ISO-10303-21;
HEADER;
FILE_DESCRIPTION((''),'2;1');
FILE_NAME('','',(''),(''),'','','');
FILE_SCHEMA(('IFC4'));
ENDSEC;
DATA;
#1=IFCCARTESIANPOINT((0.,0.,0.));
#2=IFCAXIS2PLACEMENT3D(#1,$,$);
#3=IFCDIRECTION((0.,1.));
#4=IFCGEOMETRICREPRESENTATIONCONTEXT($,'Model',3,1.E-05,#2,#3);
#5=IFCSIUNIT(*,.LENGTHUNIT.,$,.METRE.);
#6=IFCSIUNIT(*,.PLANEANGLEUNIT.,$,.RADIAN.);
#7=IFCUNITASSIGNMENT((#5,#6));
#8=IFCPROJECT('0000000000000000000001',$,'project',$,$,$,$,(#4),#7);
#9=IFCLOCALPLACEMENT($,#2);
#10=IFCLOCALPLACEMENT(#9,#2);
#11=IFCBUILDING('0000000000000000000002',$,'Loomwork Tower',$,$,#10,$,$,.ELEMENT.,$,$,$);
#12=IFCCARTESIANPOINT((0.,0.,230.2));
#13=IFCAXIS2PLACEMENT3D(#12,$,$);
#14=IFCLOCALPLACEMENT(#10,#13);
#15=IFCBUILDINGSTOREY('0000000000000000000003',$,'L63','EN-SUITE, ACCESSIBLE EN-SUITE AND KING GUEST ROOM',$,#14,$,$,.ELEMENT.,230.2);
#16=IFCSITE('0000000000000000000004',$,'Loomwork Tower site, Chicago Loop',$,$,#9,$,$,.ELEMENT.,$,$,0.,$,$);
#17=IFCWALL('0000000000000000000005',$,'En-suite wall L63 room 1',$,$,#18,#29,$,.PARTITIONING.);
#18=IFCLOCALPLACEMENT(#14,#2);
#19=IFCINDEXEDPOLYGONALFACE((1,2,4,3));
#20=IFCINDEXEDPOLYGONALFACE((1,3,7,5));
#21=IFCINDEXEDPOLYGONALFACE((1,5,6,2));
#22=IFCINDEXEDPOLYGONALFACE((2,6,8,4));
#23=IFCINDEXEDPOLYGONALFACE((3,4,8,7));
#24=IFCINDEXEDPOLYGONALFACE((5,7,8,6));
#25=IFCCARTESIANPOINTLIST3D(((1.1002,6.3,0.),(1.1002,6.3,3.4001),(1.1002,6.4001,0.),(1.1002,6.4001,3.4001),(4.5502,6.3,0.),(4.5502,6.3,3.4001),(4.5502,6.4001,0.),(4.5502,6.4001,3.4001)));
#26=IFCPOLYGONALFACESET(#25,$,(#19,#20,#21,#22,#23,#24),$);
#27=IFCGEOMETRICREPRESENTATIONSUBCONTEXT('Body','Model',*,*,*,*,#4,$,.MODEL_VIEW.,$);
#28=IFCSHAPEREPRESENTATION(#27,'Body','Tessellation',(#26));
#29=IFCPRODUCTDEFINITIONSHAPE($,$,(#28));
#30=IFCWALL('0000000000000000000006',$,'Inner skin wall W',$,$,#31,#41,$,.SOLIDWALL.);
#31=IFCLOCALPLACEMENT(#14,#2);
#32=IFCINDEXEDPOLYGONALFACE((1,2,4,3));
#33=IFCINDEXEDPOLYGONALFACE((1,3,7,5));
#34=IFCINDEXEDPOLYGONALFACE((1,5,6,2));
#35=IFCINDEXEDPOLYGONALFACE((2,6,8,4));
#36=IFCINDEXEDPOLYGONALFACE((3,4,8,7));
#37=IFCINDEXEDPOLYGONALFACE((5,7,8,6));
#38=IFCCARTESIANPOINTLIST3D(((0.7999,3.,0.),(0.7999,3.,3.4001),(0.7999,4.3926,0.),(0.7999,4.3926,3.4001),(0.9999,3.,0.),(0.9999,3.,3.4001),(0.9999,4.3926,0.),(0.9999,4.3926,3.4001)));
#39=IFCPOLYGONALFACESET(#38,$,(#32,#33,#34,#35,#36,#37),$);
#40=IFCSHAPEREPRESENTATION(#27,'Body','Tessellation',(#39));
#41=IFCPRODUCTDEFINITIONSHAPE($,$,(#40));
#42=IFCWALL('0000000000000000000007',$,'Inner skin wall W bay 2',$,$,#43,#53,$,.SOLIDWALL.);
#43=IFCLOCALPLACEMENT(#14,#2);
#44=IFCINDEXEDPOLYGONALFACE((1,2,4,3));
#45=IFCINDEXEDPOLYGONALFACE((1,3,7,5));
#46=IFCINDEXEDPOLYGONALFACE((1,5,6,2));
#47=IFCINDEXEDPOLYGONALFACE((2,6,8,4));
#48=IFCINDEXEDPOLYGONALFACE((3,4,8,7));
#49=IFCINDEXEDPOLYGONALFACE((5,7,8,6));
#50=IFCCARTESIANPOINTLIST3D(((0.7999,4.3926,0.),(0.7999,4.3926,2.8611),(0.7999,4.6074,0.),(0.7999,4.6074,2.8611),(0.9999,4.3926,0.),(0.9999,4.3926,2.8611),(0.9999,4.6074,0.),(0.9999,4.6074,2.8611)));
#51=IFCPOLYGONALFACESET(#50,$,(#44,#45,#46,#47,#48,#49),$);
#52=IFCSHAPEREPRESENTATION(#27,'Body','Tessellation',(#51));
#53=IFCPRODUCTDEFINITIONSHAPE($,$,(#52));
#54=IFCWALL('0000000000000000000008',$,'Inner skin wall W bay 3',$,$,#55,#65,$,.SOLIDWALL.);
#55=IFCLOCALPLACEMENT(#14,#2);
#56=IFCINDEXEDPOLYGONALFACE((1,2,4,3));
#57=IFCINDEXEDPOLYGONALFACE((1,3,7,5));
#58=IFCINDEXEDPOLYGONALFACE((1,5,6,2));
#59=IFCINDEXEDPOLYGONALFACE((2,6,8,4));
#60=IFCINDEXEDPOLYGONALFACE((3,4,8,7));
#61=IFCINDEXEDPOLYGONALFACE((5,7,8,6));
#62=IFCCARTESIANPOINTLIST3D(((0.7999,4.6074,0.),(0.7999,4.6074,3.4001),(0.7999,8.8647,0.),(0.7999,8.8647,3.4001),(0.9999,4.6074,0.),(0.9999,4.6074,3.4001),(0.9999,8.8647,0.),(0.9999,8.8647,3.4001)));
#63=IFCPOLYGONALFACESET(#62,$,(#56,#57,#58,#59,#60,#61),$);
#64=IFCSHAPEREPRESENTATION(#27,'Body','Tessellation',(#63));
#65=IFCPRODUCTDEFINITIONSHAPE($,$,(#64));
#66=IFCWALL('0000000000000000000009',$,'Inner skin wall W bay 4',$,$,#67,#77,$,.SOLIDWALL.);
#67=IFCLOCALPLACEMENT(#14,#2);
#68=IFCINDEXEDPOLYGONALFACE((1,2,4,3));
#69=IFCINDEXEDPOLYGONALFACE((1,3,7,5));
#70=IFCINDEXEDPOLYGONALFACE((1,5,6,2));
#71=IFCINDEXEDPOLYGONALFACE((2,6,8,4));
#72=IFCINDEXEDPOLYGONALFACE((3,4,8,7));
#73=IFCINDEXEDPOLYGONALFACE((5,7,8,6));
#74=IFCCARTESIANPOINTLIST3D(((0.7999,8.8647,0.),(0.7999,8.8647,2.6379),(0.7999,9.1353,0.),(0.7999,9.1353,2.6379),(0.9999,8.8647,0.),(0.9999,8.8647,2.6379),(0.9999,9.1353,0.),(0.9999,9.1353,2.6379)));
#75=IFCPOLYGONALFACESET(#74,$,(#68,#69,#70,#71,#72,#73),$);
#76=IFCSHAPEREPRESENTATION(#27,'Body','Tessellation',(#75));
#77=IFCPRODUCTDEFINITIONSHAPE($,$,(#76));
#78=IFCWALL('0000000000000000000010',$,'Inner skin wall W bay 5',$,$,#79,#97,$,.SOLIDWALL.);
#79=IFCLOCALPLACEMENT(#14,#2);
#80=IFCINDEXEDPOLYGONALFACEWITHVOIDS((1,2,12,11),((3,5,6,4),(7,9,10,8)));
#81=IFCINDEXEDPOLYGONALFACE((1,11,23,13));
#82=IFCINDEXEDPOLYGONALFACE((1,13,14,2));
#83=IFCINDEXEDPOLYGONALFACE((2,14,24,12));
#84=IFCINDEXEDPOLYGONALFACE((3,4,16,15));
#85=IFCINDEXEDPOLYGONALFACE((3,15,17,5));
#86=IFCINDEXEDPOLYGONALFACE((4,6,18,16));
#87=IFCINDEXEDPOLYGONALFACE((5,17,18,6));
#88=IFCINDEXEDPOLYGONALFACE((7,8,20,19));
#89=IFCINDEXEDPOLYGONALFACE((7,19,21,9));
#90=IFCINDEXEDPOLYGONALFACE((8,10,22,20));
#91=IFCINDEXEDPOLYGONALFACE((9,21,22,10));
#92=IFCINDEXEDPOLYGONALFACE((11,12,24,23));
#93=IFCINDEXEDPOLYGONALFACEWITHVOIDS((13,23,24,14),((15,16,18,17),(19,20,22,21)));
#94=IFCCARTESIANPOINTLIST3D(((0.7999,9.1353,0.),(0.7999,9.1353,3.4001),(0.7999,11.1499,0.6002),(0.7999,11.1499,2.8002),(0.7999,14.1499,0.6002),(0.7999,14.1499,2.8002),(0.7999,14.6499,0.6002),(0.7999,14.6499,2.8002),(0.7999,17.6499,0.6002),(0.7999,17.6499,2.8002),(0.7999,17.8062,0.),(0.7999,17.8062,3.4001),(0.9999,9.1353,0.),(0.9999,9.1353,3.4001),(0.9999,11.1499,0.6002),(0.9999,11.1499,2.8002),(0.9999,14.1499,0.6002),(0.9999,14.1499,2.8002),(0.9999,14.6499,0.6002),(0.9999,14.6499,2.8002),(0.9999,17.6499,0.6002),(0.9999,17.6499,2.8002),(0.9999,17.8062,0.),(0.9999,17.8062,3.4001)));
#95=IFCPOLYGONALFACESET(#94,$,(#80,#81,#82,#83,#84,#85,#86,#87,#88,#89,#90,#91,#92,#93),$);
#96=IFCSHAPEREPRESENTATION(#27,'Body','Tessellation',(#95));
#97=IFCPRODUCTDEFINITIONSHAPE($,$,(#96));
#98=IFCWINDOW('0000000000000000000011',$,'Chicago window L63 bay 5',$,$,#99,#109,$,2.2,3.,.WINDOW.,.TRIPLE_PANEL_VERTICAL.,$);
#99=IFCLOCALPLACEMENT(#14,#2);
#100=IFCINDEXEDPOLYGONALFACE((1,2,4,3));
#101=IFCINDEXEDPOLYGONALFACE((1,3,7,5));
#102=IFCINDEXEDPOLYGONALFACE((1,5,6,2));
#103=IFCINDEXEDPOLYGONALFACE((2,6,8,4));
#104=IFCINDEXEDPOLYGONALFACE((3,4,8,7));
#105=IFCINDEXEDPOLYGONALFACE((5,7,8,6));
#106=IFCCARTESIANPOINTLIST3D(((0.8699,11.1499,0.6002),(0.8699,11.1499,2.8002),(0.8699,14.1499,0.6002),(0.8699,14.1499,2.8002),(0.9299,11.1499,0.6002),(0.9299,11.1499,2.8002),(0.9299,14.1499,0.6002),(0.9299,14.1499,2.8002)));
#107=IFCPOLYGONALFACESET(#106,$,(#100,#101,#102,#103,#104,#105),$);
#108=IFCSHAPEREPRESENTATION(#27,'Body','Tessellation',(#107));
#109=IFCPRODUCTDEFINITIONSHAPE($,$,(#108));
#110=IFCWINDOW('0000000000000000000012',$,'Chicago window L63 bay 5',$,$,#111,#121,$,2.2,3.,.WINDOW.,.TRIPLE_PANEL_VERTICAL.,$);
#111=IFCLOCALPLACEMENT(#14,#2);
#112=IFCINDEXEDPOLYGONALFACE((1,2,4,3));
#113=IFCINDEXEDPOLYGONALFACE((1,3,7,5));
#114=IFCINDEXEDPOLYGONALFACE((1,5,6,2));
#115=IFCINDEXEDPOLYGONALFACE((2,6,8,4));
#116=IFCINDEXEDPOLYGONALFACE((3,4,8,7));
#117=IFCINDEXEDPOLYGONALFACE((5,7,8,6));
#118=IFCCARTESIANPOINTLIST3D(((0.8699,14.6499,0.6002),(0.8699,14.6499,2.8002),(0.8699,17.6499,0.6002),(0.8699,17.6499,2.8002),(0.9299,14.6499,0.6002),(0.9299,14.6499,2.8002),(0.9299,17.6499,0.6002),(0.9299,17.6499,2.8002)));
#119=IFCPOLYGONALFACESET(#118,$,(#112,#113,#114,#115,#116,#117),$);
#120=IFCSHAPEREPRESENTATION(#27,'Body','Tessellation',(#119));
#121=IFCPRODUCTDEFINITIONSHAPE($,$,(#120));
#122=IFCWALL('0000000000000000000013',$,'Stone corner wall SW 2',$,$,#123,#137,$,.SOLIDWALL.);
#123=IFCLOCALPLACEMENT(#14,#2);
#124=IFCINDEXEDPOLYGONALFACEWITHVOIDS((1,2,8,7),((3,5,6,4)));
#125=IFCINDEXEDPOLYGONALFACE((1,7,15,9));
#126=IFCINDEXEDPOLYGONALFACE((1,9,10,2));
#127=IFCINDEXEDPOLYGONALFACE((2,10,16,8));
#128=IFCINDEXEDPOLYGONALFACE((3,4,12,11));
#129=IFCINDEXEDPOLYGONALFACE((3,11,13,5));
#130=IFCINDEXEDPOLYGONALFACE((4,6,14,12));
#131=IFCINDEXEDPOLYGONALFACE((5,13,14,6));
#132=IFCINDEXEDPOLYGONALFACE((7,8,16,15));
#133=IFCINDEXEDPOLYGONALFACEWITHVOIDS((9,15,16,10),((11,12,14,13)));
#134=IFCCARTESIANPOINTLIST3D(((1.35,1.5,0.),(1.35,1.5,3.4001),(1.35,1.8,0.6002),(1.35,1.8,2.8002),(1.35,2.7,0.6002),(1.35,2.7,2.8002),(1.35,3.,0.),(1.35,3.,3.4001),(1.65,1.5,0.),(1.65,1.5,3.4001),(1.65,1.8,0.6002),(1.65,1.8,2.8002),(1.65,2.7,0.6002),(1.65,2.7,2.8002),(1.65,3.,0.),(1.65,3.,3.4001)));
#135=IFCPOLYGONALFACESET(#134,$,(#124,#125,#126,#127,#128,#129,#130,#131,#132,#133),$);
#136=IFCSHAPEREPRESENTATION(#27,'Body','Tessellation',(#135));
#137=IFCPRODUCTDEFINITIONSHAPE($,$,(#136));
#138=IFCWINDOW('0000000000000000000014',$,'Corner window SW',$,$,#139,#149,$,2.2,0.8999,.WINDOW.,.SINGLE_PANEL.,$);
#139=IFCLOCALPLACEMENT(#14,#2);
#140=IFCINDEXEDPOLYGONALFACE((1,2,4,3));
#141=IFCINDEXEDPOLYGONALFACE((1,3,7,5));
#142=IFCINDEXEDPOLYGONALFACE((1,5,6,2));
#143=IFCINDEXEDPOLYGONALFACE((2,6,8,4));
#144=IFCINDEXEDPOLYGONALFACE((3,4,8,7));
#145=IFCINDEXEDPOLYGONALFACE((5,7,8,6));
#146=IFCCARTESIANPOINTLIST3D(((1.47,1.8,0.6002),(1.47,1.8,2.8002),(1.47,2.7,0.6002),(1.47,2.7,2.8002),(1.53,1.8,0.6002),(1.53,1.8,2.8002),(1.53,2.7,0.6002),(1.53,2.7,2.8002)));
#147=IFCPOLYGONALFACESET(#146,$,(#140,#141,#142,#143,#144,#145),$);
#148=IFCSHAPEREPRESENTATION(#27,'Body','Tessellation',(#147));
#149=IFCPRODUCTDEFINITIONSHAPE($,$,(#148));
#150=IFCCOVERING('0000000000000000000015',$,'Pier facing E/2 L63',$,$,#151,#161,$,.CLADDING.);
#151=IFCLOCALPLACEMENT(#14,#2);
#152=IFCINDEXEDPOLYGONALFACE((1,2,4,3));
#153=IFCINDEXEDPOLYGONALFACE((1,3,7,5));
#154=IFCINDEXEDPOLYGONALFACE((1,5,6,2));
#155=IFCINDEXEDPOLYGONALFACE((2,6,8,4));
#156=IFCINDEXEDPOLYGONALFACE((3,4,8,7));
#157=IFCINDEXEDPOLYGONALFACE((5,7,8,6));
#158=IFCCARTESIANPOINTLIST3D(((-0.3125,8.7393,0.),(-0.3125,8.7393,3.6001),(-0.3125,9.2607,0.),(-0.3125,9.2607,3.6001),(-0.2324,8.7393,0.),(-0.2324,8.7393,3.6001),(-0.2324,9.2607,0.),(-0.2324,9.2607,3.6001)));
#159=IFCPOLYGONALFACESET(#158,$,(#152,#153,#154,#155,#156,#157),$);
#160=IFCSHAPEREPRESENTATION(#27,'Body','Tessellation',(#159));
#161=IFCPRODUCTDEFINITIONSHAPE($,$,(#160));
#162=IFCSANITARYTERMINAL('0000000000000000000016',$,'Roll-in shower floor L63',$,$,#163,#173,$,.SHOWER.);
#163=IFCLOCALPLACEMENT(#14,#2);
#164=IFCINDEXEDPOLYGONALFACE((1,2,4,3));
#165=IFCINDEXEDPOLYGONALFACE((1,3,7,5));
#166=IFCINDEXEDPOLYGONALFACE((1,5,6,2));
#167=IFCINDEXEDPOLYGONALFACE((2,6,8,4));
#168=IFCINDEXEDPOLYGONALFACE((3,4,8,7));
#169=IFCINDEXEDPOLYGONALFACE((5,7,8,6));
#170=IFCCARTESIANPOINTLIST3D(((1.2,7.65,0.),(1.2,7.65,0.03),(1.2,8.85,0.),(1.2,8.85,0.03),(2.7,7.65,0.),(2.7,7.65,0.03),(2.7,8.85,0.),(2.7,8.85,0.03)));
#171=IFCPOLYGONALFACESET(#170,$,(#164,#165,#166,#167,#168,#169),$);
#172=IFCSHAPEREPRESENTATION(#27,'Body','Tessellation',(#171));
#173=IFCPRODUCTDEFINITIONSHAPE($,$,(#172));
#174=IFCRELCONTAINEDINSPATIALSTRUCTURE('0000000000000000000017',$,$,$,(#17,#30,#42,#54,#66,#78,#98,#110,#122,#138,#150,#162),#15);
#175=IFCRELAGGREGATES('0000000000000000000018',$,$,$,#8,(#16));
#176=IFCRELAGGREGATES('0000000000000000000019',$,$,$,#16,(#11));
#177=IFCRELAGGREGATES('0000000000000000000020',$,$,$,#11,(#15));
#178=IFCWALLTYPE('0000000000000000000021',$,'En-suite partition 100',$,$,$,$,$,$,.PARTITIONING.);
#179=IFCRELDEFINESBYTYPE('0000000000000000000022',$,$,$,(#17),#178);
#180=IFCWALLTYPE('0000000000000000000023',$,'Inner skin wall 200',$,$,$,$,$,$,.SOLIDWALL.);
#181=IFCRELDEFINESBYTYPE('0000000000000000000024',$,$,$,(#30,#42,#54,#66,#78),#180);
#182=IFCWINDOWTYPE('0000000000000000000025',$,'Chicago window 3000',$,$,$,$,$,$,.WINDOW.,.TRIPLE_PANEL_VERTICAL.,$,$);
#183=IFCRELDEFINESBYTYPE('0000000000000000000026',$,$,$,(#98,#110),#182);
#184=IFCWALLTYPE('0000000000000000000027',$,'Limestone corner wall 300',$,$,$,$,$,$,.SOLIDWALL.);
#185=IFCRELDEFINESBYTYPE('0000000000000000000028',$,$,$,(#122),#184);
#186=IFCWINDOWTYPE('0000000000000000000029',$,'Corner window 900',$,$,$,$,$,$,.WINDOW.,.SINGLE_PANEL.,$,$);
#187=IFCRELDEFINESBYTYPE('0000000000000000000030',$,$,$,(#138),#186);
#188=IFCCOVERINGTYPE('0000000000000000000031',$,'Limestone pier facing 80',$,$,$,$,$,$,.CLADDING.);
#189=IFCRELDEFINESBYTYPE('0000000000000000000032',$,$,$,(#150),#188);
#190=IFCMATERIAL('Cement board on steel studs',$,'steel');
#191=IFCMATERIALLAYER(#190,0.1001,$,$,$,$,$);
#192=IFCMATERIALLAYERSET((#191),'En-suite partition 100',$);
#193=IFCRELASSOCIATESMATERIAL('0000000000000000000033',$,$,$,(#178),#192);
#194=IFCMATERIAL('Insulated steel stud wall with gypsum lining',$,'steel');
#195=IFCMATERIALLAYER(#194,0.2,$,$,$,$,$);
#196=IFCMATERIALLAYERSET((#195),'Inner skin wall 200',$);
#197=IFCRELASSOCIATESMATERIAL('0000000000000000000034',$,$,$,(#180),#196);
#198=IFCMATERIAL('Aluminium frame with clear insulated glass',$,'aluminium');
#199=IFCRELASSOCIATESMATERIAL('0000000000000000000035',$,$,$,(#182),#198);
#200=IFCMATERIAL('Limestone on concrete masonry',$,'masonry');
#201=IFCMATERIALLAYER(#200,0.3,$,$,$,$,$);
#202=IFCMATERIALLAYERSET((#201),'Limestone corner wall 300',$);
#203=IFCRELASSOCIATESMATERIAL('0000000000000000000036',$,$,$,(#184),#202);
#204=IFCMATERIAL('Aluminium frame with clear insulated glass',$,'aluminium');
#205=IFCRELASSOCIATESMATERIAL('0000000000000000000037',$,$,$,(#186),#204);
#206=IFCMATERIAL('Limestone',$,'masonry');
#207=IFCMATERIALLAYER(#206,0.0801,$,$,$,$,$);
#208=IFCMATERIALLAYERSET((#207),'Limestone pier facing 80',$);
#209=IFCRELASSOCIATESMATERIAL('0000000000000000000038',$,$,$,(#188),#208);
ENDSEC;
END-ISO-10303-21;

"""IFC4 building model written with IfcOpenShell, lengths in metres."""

from ifc_helpers import new_model, si_unit, direction, frame, frame_2d, origin, origin_2d, place, context, subcontext, project, spatial, rectangle, extrude, material, layer, layer_set, type_object, element, fill, save


model = new_model("IFC4")

# Units and contexts
model_context = context("Model", 3, precision=1e-05, world=origin(), true_north=direction((0.0, 1.0)))
body_context = subcontext(model_context, "Body", "Model", "MODEL_VIEW")
ifc_project = project(units=[si_unit("LENGTHUNIT", "METRE"), si_unit("PLANEANGLEUNIT", "RADIAN")], contexts=[model_context])

# Site, building, storey
site_placement = place(None, origin())
site = spatial("IfcSite", under=ifc_project, at=site_placement, Name="Loomwork Tower site, Chicago Loop", CompositionType="ELEMENT", RefElevation=0.0)
building_placement = place(site_placement, origin())
building = spatial("IfcBuilding", under=site, at=building_placement, Name="Loomwork Tower", CompositionType="ELEMENT")
storey_placement = place(building_placement, frame((0.0, 0.0, 230.2)))
storey = spatial("IfcBuildingStorey", under=building, at=storey_placement, Name="L63", Description="EN-SUITE, ACCESSIBLE EN-SUITE AND KING GUEST ROOM", CompositionType="ELEMENT", Elevation=230.2)

# Walls
ifc_material_1 = material(Name="Cement board on steel studs", Category="steel")
ifc_layer_1 = layer(ifc_material_1, 0.1001)
ifc_layer_set_1 = layer_set([ifc_layer_1], Name="En-suite partition 100")
wall_type_1 = type_object("IfcWallType", Name="En-suite partition 100", PredefinedType="PARTITIONING", material=ifc_layer_set_1)
wall_1_placement = place(storey_placement, frame((1.1001, 6.3501, 0.0), z_axis=(0.0, 0.0, 1.0), x_axis=(1.0, 0.0, 0.0)))
element("IfcWall", 1, at=wall_1_placement, inside=storey, type_object=wall_type_1, Name="En-suite wall L63 room 1", PredefinedType="PARTITIONING", context=body_context, shape_type="SweptSolid", body=[
    extrude(rectangle(XDim=3.45, YDim=0.1001, at=frame_2d((1.7251, 0.0))), origin(), (0.0, 0.0, 1.0), 3.4001),
])
ifc_material_2 = material(Name="Insulated steel stud wall with gypsum lining", Category="steel")
ifc_layer_2 = layer(ifc_material_2, 0.2)
ifc_layer_set_2 = layer_set([ifc_layer_2], Name="Inner skin wall 200")
wall_type_2 = type_object("IfcWallType", Name="Inner skin wall 200", PredefinedType="SOLIDWALL", material=ifc_layer_set_2)
wall_2_placement = place(storey_placement, frame((0.8999, 3.0, 0.0), z_axis=(0.0, 0.0, 1.0), x_axis=(0.0, 1.0, 0.0)))
element("IfcWall", 2, at=wall_2_placement, inside=storey, type_object=wall_type_2, Name="Inner skin wall W", PredefinedType="SOLIDWALL", context=body_context, shape_type="SweptSolid", body=[
    extrude(rectangle(XDim=1.3926, YDim=0.2, at=frame_2d((0.6963, 0.0))), origin(), (0.0, 0.0, 1.0), 3.4001),
])
wall_3_placement = place(storey_placement, frame((0.8999, 4.3926, 0.0), z_axis=(0.0, 0.0, 1.0), x_axis=(0.0, 1.0, 0.0)))
element("IfcWall", 3, at=wall_3_placement, inside=storey, type_object=wall_type_2, Name="Inner skin wall W bay 2", PredefinedType="SOLIDWALL", context=body_context, shape_type="SweptSolid", body=[
    extrude(rectangle(XDim=0.2148, YDim=0.2, at=frame_2d((0.1074, 0.0))), origin(), (0.0, 0.0, 1.0), 2.8611),
])
wall_4_placement = place(storey_placement, frame((0.8999, 4.6074, 0.0), z_axis=(0.0, 0.0, 1.0), x_axis=(0.0, 1.0, 0.0)))
element("IfcWall", 4, at=wall_4_placement, inside=storey, type_object=wall_type_2, Name="Inner skin wall W bay 3", PredefinedType="SOLIDWALL", context=body_context, shape_type="SweptSolid", body=[
    extrude(rectangle(XDim=4.2573, YDim=0.2, at=frame_2d((2.1287, 0.0))), origin(), (0.0, 0.0, 1.0), 3.4001),
])
wall_5_placement = place(storey_placement, frame((0.8999, 8.8647, 0.0), z_axis=(0.0, 0.0, 1.0), x_axis=(0.0, 1.0, 0.0)))
element("IfcWall", 5, at=wall_5_placement, inside=storey, type_object=wall_type_2, Name="Inner skin wall W bay 4", PredefinedType="SOLIDWALL", context=body_context, shape_type="SweptSolid", body=[
    extrude(rectangle(XDim=0.2705, YDim=0.2, at=frame_2d((0.1353, 0.0))), origin(), (0.0, 0.0, 1.0), 2.6379),
])

# Wall, openings, windows
wall_6_placement = place(storey_placement, frame((0.8999, 9.1353, 0.0), z_axis=(0.0, 0.0, 1.0), x_axis=(0.0, 1.0, 0.0)))
wall_6 = element("IfcWall", 6, at=wall_6_placement, inside=storey, type_object=wall_type_2, Name="Inner skin wall W bay 5", PredefinedType="SOLIDWALL", context=body_context, shape_type="SweptSolid", body=[
    extrude(rectangle(XDim=8.6709, YDim=0.2, at=frame_2d((4.3354, 0.0))), origin(), (0.0, 0.0, 1.0), 3.4001),
])
opening_1_placement = place(wall_6_placement, frame((2.0146, 0.0, 0.6001)))
opening_1 = element("IfcOpeningElement", 7, at=opening_1_placement, cuts=wall_6, PredefinedType="OPENING", context=body_context, shape_type="SweptSolid", body=[
    extrude(rectangle(XDim=3.0, YDim=2.2, at=frame_2d((1.5, 1.1001))), frame((0.0, 0.1099, 0.0), z_axis=(0.0, -1.0, 0.0), x_axis=(1.0, 0.0, 0.0)), (0.0, 0.0, 1.0), 0.22),
])
opening_2_placement = place(wall_6_placement, frame((5.5146, 0.0, 0.6001)))
opening_2 = element("IfcOpeningElement", 8, at=opening_2_placement, cuts=wall_6, PredefinedType="OPENING", context=body_context, shape_type="SweptSolid", body=[
    extrude(rectangle(XDim=3.0, YDim=2.2, at=frame_2d((1.5, 1.1001))), frame((0.0, 0.1099, 0.0), z_axis=(0.0, -1.0, 0.0), x_axis=(1.0, 0.0, 0.0)), (0.0, 0.0, 1.0), 0.22),
])
ifc_material_3 = material(Name="Aluminium frame with clear insulated glass", Category="aluminium")
window_type_1 = type_object("IfcWindowType", Name="Chicago window 3000", PartitioningType="TRIPLE_PANEL_VERTICAL", PredefinedType="WINDOW", material=ifc_material_3)
window_1_placement = place(opening_1_placement, origin())
window_1 = element("IfcWindow", 9, at=window_1_placement, inside=storey, type_object=window_type_1, Name="Chicago window L63 bay 5", OverallHeight=2.2, OverallWidth=3.0, PartitioningType="TRIPLE_PANEL_VERTICAL", PredefinedType="WINDOW", context=body_context, shape_type="SweptSolid", body=[
    extrude(rectangle(XDim=3.0, YDim=2.2, at=frame_2d((1.5, 1.1001))), frame((0.0, 0.03, 0.0), z_axis=(0.0, -1.0, 0.0), x_axis=(1.0, 0.0, 0.0)), (0.0, 0.0, 1.0), 0.0601),
])
fill(opening_1, window_1)
window_2_placement = place(opening_2_placement, origin())
window_2 = element("IfcWindow", 10, at=window_2_placement, inside=storey, type_object=window_type_1, Name="Chicago window L63 bay 5", OverallHeight=2.2, OverallWidth=3.0, PartitioningType="TRIPLE_PANEL_VERTICAL", PredefinedType="WINDOW", context=body_context, shape_type="SweptSolid", body=[
    extrude(rectangle(XDim=3.0, YDim=2.2, at=frame_2d((1.5, 1.1001))), frame((0.0, 0.03, 0.0), z_axis=(0.0, -1.0, 0.0), x_axis=(1.0, 0.0, 0.0)), (0.0, 0.0, 1.0), 0.0601),
])
fill(opening_2, window_2)

# Wall, opening, window
ifc_material_4 = material(Name="Limestone on concrete masonry", Category="masonry")
ifc_layer_3 = layer(ifc_material_4, 0.3)
ifc_layer_set_3 = layer_set([ifc_layer_3], Name="Limestone corner wall 300")
wall_type_3 = type_object("IfcWallType", Name="Limestone corner wall 300", PredefinedType="SOLIDWALL", material=ifc_layer_set_3)
wall_7_placement = place(storey_placement, frame((1.5, 3.0, 0.0), z_axis=(0.0, 0.0, 1.0), x_axis=(0.0, -1.0, 0.0)))
wall_7 = element("IfcWall", 11, at=wall_7_placement, inside=storey, type_object=wall_type_3, Name="Stone corner wall SW 2", PredefinedType="SOLIDWALL", context=body_context, shape_type="SweptSolid", body=[
    extrude(rectangle(XDim=1.5, YDim=0.3, at=frame_2d((0.75, 0.0))), origin(), (0.0, 0.0, 1.0), 3.4001),
])
opening_3_placement = place(wall_7_placement, frame((0.3, 0.0, 0.6001)))
opening_3 = element("IfcOpeningElement", 12, at=opening_3_placement, cuts=wall_7, PredefinedType="OPENING", context=body_context, shape_type="SweptSolid", body=[
    extrude(rectangle(XDim=0.8999, YDim=2.2, at=frame_2d((0.45, 1.1001))), frame((0.0, 0.1599, 0.0), z_axis=(0.0, -1.0, 0.0), x_axis=(1.0, 0.0, 0.0)), (0.0, 0.0, 1.0), 0.3201),
])
ifc_material_5 = material(Name="Aluminium frame with clear insulated glass", Category="aluminium")
window_type_2 = type_object("IfcWindowType", Name="Corner window 900", PartitioningType="SINGLE_PANEL", PredefinedType="WINDOW", material=ifc_material_5)
window_3_placement = place(opening_3_placement, origin())
window_3 = element("IfcWindow", 13, at=window_3_placement, inside=storey, type_object=window_type_2, Name="Corner window SW", OverallHeight=2.2, OverallWidth=0.8999, PartitioningType="SINGLE_PANEL", PredefinedType="WINDOW", context=body_context, shape_type="SweptSolid", body=[
    extrude(rectangle(XDim=0.8999, YDim=2.2, at=frame_2d((0.45, 1.1001))), frame((0.0, 0.03, 0.0), z_axis=(0.0, -1.0, 0.0), x_axis=(1.0, 0.0, 0.0)), (0.0, 0.0, 1.0), 0.0601),
])
fill(opening_3, window_3)

# Covering
ifc_material_6 = material(Name="Limestone", Category="masonry")
ifc_layer_4 = layer(ifc_material_6, 0.0801)
ifc_layer_set_4 = layer_set([ifc_layer_4], Name="Limestone pier facing 80")
covering_type = type_object("IfcCoveringType", Name="Limestone pier facing 80", PredefinedType="CLADDING", material=ifc_layer_set_4)
covering_placement = place(storey_placement, frame((-0.2725, 9.0, 0.0), z_axis=(0.0, 0.0, 1.0), x_axis=(1.0, 0.0, 0.0)))
element("IfcCovering", 14, at=covering_placement, inside=storey, type_object=covering_type, Name="Pier facing E/2 L63", PredefinedType="CLADDING", context=body_context, shape_type="SweptSolid", body=[
    extrude(rectangle(XDim=0.0801, YDim=0.5215, at=origin_2d()), origin(), (0.0, 0.0, 1.0), 3.6001),
])

# Sanitary terminal
sanitary_terminal_placement = place(storey_placement, frame((1.95, 8.25, 0.0), z_axis=(0.0, 0.0, 1.0), x_axis=(1.0, 0.0, 0.0)))
element("IfcSanitaryTerminal", 15, at=sanitary_terminal_placement, inside=storey, Name="Roll-in shower floor L63", PredefinedType="SHOWER", context=body_context, shape_type="SweptSolid", body=[
    extrude(rectangle(XDim=1.5, YDim=1.2, at=origin_2d()), origin(), (0.0, 0.0, 1.0), 0.03),
])

save(model, "model.ifc")
